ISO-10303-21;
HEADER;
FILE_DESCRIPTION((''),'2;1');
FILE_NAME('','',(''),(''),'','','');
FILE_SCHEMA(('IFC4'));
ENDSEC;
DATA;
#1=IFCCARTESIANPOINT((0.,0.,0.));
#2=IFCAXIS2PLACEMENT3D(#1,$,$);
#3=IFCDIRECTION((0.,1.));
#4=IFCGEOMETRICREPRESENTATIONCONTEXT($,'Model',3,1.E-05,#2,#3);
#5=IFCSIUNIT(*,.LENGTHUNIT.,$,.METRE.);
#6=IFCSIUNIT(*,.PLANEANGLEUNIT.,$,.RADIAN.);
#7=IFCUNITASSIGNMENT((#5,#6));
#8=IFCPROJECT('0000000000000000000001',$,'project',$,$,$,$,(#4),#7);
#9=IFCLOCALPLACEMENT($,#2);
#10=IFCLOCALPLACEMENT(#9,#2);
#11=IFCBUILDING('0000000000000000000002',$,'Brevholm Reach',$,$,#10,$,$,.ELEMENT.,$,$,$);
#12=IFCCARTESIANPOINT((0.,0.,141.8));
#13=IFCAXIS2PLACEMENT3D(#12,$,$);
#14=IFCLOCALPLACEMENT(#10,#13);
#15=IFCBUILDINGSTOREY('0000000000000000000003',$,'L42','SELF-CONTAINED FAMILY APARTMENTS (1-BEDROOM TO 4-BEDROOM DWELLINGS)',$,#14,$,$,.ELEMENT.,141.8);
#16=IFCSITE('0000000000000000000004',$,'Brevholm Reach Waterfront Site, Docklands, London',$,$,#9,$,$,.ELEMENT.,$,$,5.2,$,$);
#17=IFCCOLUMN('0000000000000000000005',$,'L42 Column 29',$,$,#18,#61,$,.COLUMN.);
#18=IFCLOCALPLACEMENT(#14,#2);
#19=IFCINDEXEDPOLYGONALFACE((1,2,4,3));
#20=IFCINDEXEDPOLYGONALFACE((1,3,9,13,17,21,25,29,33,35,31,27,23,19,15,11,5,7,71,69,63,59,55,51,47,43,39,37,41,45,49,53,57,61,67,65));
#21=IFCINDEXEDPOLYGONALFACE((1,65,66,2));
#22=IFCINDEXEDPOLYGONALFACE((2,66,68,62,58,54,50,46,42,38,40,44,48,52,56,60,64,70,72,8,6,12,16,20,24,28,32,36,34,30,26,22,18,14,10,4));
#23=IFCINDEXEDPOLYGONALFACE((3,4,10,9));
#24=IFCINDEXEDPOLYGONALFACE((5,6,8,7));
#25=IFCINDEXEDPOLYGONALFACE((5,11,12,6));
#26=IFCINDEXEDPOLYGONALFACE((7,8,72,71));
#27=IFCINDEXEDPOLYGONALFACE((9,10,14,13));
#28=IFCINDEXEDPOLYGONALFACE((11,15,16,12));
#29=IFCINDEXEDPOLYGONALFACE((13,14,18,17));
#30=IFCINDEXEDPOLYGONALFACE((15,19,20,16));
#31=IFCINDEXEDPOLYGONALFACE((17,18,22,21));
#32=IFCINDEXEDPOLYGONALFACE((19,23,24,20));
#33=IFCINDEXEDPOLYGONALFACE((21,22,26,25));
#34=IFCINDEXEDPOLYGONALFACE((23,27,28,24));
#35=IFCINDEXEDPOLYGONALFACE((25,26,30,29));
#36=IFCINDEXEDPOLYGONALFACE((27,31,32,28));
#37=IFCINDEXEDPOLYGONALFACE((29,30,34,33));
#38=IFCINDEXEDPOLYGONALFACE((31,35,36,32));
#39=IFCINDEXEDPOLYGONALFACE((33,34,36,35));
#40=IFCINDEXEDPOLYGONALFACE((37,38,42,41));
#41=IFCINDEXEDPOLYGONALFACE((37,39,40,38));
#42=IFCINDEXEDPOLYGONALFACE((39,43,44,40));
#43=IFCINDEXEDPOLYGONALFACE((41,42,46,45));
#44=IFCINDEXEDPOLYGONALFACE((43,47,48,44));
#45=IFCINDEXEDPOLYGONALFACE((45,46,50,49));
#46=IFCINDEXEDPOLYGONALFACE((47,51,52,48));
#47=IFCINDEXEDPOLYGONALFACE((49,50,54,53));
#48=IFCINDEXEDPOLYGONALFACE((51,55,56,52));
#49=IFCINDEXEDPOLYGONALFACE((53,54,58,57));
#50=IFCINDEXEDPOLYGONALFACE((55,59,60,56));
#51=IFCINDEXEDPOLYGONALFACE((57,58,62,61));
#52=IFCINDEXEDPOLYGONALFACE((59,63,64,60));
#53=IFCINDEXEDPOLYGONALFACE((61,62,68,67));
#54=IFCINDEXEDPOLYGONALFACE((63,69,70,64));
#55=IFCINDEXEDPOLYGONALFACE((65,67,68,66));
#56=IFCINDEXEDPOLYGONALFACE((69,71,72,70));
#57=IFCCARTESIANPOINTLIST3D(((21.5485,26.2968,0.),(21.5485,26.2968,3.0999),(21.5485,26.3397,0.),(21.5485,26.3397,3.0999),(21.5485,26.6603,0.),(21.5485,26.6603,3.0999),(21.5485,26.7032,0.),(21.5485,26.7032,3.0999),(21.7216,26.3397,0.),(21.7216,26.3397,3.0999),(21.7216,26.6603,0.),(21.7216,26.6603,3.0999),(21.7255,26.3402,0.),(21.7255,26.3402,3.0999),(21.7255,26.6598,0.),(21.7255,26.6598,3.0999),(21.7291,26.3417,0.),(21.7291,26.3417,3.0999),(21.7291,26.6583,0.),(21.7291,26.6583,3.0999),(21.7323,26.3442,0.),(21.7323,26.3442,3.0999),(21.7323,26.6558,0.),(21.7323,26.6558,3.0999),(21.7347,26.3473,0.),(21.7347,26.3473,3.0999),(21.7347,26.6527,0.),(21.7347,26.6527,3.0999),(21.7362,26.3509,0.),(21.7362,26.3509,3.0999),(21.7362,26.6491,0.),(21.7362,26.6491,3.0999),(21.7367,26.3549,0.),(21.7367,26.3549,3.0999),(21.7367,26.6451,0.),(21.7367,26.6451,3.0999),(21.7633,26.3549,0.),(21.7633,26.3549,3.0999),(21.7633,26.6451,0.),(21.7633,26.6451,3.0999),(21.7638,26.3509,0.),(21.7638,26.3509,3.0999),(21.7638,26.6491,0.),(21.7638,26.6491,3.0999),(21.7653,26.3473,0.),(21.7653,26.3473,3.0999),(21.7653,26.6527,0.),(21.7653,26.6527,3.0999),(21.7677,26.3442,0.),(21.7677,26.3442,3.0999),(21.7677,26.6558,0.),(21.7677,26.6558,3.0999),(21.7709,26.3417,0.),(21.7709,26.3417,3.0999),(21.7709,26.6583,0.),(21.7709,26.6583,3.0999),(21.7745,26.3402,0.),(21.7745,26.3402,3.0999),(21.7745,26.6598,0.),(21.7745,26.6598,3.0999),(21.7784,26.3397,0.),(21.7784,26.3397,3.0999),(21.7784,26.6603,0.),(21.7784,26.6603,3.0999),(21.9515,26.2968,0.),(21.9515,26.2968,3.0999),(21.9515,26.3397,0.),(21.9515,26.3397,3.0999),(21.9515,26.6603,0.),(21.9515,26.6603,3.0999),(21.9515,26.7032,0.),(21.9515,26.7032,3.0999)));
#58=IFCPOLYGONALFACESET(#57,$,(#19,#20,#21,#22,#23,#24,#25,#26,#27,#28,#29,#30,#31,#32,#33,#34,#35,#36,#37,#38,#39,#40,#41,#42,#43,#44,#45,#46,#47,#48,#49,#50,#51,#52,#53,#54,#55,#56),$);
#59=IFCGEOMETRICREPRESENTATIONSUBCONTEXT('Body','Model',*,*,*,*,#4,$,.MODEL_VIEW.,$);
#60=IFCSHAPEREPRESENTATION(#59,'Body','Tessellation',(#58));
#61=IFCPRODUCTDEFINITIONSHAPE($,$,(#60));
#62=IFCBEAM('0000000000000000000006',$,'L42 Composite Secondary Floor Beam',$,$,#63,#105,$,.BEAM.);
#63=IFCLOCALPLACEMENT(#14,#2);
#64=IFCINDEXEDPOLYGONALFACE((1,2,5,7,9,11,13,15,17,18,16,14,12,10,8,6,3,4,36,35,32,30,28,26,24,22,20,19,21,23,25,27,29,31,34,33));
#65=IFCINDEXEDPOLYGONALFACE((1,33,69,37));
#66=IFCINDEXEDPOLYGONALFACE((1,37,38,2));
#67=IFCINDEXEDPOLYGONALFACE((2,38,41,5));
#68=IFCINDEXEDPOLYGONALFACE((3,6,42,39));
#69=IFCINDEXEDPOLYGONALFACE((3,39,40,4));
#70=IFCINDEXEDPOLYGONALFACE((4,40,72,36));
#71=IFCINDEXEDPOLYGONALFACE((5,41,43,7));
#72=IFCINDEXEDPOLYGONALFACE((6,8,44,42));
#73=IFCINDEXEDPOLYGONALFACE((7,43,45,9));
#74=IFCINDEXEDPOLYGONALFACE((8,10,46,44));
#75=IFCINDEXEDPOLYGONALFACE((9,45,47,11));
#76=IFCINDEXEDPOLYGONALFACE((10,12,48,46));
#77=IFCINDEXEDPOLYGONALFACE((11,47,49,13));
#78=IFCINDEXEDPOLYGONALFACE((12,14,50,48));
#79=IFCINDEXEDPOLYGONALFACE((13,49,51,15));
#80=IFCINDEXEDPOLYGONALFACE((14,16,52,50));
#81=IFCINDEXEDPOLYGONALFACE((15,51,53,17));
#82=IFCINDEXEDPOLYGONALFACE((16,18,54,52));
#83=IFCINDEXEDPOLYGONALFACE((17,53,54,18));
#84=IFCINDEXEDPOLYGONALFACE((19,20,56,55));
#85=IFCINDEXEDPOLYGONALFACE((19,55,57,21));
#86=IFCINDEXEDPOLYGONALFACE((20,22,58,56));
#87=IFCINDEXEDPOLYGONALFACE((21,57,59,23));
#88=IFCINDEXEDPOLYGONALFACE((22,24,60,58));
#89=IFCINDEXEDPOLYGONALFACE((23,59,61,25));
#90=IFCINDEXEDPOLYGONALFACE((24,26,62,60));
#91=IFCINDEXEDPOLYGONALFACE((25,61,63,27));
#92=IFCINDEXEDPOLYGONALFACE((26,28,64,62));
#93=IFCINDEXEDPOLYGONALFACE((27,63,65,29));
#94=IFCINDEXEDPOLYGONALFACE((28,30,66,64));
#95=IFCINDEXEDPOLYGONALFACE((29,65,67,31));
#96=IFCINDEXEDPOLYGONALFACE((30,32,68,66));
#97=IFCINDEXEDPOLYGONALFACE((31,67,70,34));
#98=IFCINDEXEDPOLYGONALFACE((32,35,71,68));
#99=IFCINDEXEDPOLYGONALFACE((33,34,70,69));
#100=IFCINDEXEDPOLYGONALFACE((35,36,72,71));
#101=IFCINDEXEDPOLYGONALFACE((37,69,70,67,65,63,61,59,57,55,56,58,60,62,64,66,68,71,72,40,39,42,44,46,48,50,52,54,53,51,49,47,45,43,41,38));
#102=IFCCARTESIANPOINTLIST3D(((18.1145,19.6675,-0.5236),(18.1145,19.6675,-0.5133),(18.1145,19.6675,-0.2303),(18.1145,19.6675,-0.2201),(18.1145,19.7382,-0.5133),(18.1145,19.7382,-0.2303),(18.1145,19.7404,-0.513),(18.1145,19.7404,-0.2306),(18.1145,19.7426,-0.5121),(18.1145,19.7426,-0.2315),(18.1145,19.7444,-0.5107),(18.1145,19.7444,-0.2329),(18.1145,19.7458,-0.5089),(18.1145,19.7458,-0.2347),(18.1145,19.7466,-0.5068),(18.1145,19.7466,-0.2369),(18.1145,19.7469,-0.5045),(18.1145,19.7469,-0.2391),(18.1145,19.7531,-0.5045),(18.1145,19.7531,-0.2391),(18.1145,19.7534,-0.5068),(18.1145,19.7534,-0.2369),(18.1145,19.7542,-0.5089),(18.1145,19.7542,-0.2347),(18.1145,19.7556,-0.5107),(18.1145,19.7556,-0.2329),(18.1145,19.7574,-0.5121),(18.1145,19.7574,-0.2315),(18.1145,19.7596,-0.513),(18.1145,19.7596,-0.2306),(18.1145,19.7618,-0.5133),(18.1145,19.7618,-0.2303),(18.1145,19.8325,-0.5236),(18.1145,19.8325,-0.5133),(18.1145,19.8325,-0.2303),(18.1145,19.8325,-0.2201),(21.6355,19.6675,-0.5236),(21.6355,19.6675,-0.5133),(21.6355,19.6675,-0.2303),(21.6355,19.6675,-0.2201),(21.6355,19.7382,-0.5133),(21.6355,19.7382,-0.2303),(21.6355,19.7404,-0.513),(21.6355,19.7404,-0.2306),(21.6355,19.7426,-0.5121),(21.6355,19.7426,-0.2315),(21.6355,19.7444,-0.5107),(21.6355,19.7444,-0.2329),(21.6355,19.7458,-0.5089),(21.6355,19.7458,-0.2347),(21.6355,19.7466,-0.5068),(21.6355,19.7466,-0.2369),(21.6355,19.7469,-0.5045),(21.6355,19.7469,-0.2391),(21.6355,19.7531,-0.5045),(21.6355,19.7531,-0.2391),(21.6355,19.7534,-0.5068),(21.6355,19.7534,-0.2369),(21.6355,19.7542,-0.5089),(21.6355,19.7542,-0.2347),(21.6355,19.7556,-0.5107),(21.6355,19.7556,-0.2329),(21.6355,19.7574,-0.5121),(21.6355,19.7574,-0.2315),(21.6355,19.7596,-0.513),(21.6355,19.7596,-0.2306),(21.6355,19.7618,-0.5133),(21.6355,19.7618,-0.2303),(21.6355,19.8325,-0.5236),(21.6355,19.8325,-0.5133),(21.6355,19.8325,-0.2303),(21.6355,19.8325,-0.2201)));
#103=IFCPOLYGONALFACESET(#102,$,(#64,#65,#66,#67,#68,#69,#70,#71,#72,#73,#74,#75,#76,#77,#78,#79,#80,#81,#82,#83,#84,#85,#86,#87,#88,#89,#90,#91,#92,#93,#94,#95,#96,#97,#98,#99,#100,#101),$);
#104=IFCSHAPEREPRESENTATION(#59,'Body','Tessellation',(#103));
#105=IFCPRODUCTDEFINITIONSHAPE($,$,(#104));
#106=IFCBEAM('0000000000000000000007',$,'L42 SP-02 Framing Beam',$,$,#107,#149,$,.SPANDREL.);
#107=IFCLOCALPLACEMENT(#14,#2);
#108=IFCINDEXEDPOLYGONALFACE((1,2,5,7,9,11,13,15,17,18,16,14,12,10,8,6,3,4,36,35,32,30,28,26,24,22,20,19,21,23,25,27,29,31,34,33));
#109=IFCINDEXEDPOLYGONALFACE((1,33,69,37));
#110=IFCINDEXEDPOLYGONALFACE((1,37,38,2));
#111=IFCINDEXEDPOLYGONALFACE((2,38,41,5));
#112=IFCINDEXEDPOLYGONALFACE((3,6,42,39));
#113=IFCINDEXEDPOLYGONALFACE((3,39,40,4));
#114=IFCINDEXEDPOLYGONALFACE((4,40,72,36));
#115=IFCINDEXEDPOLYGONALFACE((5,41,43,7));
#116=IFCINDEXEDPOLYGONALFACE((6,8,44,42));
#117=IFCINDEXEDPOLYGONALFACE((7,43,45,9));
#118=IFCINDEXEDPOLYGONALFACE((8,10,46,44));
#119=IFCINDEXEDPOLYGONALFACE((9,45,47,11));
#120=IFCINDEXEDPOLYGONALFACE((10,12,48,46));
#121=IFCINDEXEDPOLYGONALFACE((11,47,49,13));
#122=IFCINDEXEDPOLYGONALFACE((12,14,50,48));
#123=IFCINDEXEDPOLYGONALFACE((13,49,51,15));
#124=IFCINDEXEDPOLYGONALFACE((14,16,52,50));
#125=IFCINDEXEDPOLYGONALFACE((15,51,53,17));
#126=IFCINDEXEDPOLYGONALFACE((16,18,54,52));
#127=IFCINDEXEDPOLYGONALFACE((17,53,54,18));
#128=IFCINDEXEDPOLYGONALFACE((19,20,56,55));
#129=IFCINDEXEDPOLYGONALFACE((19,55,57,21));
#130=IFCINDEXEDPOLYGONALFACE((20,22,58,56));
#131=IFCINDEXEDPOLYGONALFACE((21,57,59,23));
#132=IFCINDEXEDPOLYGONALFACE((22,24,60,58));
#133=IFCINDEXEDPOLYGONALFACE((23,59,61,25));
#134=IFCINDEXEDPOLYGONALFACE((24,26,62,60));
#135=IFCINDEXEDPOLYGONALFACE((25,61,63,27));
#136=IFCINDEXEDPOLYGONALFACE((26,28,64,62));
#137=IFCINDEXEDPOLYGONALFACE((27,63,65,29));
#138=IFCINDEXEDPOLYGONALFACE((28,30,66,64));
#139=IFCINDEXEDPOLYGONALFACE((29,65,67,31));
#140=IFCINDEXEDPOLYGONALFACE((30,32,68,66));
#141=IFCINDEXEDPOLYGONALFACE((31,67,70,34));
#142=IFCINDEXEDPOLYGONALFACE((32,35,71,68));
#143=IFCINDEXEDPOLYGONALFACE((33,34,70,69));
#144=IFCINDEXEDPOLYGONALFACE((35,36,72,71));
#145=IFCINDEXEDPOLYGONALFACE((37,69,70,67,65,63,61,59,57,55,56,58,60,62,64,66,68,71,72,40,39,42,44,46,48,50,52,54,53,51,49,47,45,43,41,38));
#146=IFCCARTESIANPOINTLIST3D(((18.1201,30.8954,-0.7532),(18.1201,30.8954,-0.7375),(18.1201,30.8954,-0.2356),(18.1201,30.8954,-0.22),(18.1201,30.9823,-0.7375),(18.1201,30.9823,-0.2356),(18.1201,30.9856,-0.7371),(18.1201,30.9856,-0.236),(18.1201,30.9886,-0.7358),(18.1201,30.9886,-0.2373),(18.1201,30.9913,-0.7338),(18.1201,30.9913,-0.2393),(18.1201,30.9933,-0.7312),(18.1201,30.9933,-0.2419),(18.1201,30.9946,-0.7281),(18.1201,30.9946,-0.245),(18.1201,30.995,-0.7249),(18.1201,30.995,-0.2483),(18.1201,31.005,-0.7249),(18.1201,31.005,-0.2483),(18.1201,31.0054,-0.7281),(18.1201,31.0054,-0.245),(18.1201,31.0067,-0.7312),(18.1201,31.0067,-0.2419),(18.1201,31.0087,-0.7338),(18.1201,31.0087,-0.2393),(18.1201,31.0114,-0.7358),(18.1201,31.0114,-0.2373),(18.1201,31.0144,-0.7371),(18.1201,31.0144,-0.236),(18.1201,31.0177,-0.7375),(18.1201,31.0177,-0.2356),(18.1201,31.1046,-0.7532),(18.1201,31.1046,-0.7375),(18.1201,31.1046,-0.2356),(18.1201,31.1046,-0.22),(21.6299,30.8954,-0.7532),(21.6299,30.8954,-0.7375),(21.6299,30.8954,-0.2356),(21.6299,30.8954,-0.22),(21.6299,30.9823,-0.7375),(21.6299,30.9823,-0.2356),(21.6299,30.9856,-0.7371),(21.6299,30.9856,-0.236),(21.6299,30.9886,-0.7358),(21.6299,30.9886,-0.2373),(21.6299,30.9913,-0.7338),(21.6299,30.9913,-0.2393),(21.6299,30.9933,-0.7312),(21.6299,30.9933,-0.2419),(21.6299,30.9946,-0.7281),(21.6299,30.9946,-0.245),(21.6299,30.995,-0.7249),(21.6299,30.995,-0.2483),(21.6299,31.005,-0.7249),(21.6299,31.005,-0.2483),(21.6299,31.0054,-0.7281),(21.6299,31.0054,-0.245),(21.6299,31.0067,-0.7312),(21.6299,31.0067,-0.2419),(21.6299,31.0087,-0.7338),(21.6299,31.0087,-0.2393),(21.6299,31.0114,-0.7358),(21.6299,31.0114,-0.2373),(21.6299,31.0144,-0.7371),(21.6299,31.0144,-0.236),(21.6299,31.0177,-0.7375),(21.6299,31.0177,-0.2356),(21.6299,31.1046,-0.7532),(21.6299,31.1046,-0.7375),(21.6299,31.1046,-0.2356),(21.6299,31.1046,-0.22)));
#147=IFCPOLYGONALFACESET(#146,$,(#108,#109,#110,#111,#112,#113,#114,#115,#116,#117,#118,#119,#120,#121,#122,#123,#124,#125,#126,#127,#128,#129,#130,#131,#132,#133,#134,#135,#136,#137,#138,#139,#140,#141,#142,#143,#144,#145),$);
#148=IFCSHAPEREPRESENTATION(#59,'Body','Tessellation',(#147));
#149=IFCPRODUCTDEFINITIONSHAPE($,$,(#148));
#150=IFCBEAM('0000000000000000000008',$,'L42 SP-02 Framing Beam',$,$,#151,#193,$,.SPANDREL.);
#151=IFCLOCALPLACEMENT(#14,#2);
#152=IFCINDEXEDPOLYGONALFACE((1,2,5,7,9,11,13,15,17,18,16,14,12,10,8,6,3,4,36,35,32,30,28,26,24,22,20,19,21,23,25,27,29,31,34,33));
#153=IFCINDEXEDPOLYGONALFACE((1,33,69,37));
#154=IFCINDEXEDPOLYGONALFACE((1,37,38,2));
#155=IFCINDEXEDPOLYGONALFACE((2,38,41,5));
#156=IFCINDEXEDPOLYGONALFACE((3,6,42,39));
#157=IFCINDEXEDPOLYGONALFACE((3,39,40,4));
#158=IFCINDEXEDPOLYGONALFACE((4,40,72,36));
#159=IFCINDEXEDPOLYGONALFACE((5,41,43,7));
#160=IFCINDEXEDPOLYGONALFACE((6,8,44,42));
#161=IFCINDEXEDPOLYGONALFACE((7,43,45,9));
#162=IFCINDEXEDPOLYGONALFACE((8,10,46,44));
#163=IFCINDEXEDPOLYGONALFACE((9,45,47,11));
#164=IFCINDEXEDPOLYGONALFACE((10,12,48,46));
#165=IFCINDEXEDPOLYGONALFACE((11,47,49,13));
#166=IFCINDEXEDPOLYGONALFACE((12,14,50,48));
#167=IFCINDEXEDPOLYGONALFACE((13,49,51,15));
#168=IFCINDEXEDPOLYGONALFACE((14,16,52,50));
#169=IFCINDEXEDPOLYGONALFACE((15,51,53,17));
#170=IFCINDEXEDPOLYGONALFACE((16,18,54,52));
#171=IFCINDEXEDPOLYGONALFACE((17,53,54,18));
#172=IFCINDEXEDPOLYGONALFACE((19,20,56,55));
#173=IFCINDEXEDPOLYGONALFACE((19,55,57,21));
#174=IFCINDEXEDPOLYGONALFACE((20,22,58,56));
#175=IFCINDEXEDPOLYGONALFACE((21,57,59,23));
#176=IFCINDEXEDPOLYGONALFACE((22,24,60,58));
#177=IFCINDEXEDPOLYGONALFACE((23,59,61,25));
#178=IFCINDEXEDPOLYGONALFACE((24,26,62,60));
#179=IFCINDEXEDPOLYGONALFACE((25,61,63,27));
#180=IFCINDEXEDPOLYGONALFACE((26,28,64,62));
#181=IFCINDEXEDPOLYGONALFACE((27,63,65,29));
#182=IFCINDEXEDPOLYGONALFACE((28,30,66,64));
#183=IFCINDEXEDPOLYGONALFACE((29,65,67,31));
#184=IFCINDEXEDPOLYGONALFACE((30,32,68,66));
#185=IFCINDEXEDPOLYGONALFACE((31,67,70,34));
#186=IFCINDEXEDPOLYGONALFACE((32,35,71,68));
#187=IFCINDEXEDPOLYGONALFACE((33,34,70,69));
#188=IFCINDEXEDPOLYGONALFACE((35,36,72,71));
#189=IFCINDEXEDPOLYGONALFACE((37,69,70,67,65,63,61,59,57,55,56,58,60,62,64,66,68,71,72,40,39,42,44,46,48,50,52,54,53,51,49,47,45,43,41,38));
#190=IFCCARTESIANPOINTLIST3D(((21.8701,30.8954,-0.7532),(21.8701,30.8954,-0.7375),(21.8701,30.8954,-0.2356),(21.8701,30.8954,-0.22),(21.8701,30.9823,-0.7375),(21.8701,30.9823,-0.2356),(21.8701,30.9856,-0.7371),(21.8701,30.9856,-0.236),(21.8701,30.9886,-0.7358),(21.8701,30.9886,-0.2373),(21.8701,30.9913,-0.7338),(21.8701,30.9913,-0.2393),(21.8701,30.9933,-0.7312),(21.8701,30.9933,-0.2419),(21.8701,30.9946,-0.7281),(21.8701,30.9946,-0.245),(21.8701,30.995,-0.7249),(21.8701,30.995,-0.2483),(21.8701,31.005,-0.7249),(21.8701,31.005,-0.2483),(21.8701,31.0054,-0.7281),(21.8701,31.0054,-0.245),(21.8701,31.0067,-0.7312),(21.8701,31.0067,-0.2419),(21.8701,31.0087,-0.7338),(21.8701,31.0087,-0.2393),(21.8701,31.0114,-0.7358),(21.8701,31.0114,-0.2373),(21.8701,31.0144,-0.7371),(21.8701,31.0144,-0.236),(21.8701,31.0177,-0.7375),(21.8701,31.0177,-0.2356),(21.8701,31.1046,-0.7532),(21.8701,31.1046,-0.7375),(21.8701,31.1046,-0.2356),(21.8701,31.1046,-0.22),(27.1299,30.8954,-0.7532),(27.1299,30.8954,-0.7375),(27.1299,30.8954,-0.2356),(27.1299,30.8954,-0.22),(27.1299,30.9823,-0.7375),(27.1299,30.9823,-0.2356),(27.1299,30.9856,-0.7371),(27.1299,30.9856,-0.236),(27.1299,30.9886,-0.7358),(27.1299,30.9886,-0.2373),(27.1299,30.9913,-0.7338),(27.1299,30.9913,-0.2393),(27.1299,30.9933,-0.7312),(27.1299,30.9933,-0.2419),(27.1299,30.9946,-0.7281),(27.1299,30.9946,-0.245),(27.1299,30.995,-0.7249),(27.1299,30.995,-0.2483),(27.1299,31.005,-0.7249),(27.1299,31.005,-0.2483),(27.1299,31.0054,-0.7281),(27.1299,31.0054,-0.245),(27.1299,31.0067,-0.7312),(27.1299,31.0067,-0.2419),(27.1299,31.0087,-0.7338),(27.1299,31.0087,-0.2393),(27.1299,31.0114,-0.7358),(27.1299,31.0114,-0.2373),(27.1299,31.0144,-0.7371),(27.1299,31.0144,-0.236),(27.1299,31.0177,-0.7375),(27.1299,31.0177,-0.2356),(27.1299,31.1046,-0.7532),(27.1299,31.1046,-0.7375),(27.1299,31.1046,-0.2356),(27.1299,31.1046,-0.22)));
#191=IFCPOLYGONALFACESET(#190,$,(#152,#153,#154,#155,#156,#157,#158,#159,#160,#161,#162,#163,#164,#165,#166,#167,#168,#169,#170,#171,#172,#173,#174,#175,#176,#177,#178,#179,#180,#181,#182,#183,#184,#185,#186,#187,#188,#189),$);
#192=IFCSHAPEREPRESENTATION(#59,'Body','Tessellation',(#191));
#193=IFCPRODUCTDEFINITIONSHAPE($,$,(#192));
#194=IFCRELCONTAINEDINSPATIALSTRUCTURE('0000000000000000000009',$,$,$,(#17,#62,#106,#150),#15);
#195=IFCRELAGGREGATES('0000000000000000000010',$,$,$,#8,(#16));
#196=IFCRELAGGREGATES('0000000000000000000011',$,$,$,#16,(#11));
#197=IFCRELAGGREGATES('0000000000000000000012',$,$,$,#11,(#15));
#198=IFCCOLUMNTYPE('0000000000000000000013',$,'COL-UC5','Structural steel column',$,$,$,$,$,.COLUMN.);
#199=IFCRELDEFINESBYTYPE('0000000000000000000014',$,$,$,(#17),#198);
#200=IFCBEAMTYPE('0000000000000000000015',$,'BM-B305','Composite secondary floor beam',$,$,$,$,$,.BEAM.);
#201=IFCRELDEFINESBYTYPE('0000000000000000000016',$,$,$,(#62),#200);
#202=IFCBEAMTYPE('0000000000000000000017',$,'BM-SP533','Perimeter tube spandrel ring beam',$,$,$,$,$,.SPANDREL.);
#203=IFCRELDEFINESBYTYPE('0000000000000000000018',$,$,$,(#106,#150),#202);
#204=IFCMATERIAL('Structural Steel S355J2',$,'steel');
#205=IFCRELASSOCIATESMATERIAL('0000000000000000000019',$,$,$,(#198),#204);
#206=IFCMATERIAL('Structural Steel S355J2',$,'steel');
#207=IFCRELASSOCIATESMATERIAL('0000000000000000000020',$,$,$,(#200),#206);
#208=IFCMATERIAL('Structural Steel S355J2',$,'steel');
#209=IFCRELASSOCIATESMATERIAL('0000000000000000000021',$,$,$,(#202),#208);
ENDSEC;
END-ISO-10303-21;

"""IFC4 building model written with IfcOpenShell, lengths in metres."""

from ifc_helpers import new_model, si_unit, direction, frame, origin, origin_2d, place, context, subcontext, project, spatial, i_section, extrude, material, material_profile, profile_set, type_object, element, save


model = new_model("IFC4")

# Units and contexts
model_context = context("Model", 3, precision=1e-05, world=origin(), true_north=direction((0.0, 1.0)))
body_context = subcontext(model_context, "Body", "Model", "MODEL_VIEW")
ifc_project = project(units=[si_unit("LENGTHUNIT", "METRE"), si_unit("PLANEANGLEUNIT", "RADIAN")], contexts=[model_context])

# Site, building, storey
site_placement = place(None, origin())
site = spatial("IfcSite", under=ifc_project, at=site_placement, Name="Brevholm Reach Waterfront Site, Docklands, London", CompositionType="ELEMENT", RefElevation=5.2)
building_placement = place(site_placement, origin())
building = spatial("IfcBuilding", under=site, at=building_placement, Name="Brevholm Reach", CompositionType="ELEMENT")
storey_placement = place(building_placement, frame((0.0, 0.0, 141.8)))
storey = spatial("IfcBuildingStorey", under=building, at=storey_placement, Name="L42", Description="SELF-CONTAINED FAMILY APARTMENTS (1-BEDROOM TO 4-BEDROOM DWELLINGS)", CompositionType="ELEMENT", Elevation=141.8)

# Column
ifc_material_1 = material(Name="Structural Steel S355J2", Category="steel")
ifc_material_profile_1 = material_profile(ifc_material_1, i_section(OverallWidth=0.4031, OverallDepth=0.4065, WebThickness=0.0266, FlangeThickness=0.043, FilletRadius=0.0151, at=origin_2d()), Name="UKC 356x406x340")
ifc_profile_set_1 = profile_set([ifc_material_profile_1], Name="Structural Steel S355J2")
column_type_1 = type_object("IfcColumnType", Name="COL-UC5", Description="Structural steel column", PredefinedType="COLUMN", material=ifc_profile_set_1)
for number, where, z_axis, x_axis, name in (
    (1, (21.75, 26.5, 0.0), (0.0, 0.0, 1.0), (1.0, 0.0, 0.0), "L42 Column 29"),
):
    element("IfcColumn", number, at=place(storey_placement, frame(where, z_axis=z_axis, x_axis=x_axis)), inside=storey, type_object=column_type_1, Name=name, PredefinedType="COLUMN", context=body_context, shape_type="SweptSolid", body=[
        extrude(i_section(OverallWidth=0.4031, OverallDepth=0.4065, WebThickness=0.0266, FlangeThickness=0.043, FilletRadius=0.0151, at=origin_2d()), origin(), (0.0, 0.0, 1.0), 3.0999),
    ])

# Beams
ifc_material_2 = material(Name="Structural Steel S355J2", Category="steel")
ifc_material_profile_2 = material_profile(ifc_material_2, i_section(OverallWidth=0.165, OverallDepth=0.3035, WebThickness=0.0061, FlangeThickness=0.0103, FilletRadius=0.0088, at=origin_2d()), Name="UKB 305x165x40")
ifc_profile_set_2 = profile_set([ifc_material_profile_2], Name="Structural Steel S355J2")
beam_type_1 = type_object("IfcBeamType", Name="BM-B305", Description="Composite secondary floor beam", PredefinedType="BEAM", material=ifc_profile_set_2)
beam_1_placement = place(storey_placement, frame((18.1145, 19.75, -0.3718), z_axis=(1.0, 0.0, 0.0), x_axis=(0.0, 1.0, 0.0)))
element("IfcBeam", 2, at=beam_1_placement, inside=storey, type_object=beam_type_1, Name="L42 Composite Secondary Floor Beam", PredefinedType="BEAM", context=body_context, shape_type="SweptSolid", body=[
    extrude(i_section(OverallWidth=0.165, OverallDepth=0.3035, WebThickness=0.0061, FlangeThickness=0.0103, FilletRadius=0.0088, at=origin_2d()), origin(), (0.0, 0.0, 1.0), 3.521),
])
ifc_material_3 = material(Name="Structural Steel S355J2", Category="steel")
ifc_material_profile_3 = material_profile(ifc_material_3, i_section(OverallWidth=0.2092, OverallDepth=0.5332, WebThickness=0.01, FlangeThickness=0.0156, FilletRadius=0.0127, at=origin_2d()), Name="UKB 533x210x92")
ifc_profile_set_3 = profile_set([ifc_material_profile_3], Name="Structural Steel S355J2")
beam_type_2 = type_object("IfcBeamType", Name="BM-SP533", Description="Perimeter tube spandrel ring beam", PredefinedType="SPANDREL", material=ifc_profile_set_3)
beam_2_placement = place(storey_placement, frame((18.1201, 31.0, -0.4866), z_axis=(1.0, 0.0, 0.0), x_axis=(0.0, 1.0, 0.0)))
element("IfcBeam", 3, at=beam_2_placement, inside=storey, type_object=beam_type_2, Name="L42 SP-02 Framing Beam", PredefinedType="SPANDREL", context=body_context, shape_type="SweptSolid", body=[
    extrude(i_section(OverallWidth=0.2092, OverallDepth=0.5332, WebThickness=0.01, FlangeThickness=0.0156, FilletRadius=0.0127, at=origin_2d()), origin(), (0.0, 0.0, 1.0), 3.5098),
])
beam_3_placement = place(storey_placement, frame((21.8701, 31.0, -0.4866), z_axis=(1.0, 0.0, 0.0), x_axis=(0.0, 1.0, 0.0)))
element("IfcBeam", 4, at=beam_3_placement, inside=storey, type_object=beam_type_2, Name="L42 SP-02 Framing Beam", PredefinedType="SPANDREL", context=body_context, shape_type="SweptSolid", body=[
    extrude(i_section(OverallWidth=0.2092, OverallDepth=0.5332, WebThickness=0.01, FlangeThickness=0.0156, FilletRadius=0.0127, at=origin_2d()), origin(), (0.0, 0.0, 1.0), 5.2598),
])

save(model, "model.ifc")
